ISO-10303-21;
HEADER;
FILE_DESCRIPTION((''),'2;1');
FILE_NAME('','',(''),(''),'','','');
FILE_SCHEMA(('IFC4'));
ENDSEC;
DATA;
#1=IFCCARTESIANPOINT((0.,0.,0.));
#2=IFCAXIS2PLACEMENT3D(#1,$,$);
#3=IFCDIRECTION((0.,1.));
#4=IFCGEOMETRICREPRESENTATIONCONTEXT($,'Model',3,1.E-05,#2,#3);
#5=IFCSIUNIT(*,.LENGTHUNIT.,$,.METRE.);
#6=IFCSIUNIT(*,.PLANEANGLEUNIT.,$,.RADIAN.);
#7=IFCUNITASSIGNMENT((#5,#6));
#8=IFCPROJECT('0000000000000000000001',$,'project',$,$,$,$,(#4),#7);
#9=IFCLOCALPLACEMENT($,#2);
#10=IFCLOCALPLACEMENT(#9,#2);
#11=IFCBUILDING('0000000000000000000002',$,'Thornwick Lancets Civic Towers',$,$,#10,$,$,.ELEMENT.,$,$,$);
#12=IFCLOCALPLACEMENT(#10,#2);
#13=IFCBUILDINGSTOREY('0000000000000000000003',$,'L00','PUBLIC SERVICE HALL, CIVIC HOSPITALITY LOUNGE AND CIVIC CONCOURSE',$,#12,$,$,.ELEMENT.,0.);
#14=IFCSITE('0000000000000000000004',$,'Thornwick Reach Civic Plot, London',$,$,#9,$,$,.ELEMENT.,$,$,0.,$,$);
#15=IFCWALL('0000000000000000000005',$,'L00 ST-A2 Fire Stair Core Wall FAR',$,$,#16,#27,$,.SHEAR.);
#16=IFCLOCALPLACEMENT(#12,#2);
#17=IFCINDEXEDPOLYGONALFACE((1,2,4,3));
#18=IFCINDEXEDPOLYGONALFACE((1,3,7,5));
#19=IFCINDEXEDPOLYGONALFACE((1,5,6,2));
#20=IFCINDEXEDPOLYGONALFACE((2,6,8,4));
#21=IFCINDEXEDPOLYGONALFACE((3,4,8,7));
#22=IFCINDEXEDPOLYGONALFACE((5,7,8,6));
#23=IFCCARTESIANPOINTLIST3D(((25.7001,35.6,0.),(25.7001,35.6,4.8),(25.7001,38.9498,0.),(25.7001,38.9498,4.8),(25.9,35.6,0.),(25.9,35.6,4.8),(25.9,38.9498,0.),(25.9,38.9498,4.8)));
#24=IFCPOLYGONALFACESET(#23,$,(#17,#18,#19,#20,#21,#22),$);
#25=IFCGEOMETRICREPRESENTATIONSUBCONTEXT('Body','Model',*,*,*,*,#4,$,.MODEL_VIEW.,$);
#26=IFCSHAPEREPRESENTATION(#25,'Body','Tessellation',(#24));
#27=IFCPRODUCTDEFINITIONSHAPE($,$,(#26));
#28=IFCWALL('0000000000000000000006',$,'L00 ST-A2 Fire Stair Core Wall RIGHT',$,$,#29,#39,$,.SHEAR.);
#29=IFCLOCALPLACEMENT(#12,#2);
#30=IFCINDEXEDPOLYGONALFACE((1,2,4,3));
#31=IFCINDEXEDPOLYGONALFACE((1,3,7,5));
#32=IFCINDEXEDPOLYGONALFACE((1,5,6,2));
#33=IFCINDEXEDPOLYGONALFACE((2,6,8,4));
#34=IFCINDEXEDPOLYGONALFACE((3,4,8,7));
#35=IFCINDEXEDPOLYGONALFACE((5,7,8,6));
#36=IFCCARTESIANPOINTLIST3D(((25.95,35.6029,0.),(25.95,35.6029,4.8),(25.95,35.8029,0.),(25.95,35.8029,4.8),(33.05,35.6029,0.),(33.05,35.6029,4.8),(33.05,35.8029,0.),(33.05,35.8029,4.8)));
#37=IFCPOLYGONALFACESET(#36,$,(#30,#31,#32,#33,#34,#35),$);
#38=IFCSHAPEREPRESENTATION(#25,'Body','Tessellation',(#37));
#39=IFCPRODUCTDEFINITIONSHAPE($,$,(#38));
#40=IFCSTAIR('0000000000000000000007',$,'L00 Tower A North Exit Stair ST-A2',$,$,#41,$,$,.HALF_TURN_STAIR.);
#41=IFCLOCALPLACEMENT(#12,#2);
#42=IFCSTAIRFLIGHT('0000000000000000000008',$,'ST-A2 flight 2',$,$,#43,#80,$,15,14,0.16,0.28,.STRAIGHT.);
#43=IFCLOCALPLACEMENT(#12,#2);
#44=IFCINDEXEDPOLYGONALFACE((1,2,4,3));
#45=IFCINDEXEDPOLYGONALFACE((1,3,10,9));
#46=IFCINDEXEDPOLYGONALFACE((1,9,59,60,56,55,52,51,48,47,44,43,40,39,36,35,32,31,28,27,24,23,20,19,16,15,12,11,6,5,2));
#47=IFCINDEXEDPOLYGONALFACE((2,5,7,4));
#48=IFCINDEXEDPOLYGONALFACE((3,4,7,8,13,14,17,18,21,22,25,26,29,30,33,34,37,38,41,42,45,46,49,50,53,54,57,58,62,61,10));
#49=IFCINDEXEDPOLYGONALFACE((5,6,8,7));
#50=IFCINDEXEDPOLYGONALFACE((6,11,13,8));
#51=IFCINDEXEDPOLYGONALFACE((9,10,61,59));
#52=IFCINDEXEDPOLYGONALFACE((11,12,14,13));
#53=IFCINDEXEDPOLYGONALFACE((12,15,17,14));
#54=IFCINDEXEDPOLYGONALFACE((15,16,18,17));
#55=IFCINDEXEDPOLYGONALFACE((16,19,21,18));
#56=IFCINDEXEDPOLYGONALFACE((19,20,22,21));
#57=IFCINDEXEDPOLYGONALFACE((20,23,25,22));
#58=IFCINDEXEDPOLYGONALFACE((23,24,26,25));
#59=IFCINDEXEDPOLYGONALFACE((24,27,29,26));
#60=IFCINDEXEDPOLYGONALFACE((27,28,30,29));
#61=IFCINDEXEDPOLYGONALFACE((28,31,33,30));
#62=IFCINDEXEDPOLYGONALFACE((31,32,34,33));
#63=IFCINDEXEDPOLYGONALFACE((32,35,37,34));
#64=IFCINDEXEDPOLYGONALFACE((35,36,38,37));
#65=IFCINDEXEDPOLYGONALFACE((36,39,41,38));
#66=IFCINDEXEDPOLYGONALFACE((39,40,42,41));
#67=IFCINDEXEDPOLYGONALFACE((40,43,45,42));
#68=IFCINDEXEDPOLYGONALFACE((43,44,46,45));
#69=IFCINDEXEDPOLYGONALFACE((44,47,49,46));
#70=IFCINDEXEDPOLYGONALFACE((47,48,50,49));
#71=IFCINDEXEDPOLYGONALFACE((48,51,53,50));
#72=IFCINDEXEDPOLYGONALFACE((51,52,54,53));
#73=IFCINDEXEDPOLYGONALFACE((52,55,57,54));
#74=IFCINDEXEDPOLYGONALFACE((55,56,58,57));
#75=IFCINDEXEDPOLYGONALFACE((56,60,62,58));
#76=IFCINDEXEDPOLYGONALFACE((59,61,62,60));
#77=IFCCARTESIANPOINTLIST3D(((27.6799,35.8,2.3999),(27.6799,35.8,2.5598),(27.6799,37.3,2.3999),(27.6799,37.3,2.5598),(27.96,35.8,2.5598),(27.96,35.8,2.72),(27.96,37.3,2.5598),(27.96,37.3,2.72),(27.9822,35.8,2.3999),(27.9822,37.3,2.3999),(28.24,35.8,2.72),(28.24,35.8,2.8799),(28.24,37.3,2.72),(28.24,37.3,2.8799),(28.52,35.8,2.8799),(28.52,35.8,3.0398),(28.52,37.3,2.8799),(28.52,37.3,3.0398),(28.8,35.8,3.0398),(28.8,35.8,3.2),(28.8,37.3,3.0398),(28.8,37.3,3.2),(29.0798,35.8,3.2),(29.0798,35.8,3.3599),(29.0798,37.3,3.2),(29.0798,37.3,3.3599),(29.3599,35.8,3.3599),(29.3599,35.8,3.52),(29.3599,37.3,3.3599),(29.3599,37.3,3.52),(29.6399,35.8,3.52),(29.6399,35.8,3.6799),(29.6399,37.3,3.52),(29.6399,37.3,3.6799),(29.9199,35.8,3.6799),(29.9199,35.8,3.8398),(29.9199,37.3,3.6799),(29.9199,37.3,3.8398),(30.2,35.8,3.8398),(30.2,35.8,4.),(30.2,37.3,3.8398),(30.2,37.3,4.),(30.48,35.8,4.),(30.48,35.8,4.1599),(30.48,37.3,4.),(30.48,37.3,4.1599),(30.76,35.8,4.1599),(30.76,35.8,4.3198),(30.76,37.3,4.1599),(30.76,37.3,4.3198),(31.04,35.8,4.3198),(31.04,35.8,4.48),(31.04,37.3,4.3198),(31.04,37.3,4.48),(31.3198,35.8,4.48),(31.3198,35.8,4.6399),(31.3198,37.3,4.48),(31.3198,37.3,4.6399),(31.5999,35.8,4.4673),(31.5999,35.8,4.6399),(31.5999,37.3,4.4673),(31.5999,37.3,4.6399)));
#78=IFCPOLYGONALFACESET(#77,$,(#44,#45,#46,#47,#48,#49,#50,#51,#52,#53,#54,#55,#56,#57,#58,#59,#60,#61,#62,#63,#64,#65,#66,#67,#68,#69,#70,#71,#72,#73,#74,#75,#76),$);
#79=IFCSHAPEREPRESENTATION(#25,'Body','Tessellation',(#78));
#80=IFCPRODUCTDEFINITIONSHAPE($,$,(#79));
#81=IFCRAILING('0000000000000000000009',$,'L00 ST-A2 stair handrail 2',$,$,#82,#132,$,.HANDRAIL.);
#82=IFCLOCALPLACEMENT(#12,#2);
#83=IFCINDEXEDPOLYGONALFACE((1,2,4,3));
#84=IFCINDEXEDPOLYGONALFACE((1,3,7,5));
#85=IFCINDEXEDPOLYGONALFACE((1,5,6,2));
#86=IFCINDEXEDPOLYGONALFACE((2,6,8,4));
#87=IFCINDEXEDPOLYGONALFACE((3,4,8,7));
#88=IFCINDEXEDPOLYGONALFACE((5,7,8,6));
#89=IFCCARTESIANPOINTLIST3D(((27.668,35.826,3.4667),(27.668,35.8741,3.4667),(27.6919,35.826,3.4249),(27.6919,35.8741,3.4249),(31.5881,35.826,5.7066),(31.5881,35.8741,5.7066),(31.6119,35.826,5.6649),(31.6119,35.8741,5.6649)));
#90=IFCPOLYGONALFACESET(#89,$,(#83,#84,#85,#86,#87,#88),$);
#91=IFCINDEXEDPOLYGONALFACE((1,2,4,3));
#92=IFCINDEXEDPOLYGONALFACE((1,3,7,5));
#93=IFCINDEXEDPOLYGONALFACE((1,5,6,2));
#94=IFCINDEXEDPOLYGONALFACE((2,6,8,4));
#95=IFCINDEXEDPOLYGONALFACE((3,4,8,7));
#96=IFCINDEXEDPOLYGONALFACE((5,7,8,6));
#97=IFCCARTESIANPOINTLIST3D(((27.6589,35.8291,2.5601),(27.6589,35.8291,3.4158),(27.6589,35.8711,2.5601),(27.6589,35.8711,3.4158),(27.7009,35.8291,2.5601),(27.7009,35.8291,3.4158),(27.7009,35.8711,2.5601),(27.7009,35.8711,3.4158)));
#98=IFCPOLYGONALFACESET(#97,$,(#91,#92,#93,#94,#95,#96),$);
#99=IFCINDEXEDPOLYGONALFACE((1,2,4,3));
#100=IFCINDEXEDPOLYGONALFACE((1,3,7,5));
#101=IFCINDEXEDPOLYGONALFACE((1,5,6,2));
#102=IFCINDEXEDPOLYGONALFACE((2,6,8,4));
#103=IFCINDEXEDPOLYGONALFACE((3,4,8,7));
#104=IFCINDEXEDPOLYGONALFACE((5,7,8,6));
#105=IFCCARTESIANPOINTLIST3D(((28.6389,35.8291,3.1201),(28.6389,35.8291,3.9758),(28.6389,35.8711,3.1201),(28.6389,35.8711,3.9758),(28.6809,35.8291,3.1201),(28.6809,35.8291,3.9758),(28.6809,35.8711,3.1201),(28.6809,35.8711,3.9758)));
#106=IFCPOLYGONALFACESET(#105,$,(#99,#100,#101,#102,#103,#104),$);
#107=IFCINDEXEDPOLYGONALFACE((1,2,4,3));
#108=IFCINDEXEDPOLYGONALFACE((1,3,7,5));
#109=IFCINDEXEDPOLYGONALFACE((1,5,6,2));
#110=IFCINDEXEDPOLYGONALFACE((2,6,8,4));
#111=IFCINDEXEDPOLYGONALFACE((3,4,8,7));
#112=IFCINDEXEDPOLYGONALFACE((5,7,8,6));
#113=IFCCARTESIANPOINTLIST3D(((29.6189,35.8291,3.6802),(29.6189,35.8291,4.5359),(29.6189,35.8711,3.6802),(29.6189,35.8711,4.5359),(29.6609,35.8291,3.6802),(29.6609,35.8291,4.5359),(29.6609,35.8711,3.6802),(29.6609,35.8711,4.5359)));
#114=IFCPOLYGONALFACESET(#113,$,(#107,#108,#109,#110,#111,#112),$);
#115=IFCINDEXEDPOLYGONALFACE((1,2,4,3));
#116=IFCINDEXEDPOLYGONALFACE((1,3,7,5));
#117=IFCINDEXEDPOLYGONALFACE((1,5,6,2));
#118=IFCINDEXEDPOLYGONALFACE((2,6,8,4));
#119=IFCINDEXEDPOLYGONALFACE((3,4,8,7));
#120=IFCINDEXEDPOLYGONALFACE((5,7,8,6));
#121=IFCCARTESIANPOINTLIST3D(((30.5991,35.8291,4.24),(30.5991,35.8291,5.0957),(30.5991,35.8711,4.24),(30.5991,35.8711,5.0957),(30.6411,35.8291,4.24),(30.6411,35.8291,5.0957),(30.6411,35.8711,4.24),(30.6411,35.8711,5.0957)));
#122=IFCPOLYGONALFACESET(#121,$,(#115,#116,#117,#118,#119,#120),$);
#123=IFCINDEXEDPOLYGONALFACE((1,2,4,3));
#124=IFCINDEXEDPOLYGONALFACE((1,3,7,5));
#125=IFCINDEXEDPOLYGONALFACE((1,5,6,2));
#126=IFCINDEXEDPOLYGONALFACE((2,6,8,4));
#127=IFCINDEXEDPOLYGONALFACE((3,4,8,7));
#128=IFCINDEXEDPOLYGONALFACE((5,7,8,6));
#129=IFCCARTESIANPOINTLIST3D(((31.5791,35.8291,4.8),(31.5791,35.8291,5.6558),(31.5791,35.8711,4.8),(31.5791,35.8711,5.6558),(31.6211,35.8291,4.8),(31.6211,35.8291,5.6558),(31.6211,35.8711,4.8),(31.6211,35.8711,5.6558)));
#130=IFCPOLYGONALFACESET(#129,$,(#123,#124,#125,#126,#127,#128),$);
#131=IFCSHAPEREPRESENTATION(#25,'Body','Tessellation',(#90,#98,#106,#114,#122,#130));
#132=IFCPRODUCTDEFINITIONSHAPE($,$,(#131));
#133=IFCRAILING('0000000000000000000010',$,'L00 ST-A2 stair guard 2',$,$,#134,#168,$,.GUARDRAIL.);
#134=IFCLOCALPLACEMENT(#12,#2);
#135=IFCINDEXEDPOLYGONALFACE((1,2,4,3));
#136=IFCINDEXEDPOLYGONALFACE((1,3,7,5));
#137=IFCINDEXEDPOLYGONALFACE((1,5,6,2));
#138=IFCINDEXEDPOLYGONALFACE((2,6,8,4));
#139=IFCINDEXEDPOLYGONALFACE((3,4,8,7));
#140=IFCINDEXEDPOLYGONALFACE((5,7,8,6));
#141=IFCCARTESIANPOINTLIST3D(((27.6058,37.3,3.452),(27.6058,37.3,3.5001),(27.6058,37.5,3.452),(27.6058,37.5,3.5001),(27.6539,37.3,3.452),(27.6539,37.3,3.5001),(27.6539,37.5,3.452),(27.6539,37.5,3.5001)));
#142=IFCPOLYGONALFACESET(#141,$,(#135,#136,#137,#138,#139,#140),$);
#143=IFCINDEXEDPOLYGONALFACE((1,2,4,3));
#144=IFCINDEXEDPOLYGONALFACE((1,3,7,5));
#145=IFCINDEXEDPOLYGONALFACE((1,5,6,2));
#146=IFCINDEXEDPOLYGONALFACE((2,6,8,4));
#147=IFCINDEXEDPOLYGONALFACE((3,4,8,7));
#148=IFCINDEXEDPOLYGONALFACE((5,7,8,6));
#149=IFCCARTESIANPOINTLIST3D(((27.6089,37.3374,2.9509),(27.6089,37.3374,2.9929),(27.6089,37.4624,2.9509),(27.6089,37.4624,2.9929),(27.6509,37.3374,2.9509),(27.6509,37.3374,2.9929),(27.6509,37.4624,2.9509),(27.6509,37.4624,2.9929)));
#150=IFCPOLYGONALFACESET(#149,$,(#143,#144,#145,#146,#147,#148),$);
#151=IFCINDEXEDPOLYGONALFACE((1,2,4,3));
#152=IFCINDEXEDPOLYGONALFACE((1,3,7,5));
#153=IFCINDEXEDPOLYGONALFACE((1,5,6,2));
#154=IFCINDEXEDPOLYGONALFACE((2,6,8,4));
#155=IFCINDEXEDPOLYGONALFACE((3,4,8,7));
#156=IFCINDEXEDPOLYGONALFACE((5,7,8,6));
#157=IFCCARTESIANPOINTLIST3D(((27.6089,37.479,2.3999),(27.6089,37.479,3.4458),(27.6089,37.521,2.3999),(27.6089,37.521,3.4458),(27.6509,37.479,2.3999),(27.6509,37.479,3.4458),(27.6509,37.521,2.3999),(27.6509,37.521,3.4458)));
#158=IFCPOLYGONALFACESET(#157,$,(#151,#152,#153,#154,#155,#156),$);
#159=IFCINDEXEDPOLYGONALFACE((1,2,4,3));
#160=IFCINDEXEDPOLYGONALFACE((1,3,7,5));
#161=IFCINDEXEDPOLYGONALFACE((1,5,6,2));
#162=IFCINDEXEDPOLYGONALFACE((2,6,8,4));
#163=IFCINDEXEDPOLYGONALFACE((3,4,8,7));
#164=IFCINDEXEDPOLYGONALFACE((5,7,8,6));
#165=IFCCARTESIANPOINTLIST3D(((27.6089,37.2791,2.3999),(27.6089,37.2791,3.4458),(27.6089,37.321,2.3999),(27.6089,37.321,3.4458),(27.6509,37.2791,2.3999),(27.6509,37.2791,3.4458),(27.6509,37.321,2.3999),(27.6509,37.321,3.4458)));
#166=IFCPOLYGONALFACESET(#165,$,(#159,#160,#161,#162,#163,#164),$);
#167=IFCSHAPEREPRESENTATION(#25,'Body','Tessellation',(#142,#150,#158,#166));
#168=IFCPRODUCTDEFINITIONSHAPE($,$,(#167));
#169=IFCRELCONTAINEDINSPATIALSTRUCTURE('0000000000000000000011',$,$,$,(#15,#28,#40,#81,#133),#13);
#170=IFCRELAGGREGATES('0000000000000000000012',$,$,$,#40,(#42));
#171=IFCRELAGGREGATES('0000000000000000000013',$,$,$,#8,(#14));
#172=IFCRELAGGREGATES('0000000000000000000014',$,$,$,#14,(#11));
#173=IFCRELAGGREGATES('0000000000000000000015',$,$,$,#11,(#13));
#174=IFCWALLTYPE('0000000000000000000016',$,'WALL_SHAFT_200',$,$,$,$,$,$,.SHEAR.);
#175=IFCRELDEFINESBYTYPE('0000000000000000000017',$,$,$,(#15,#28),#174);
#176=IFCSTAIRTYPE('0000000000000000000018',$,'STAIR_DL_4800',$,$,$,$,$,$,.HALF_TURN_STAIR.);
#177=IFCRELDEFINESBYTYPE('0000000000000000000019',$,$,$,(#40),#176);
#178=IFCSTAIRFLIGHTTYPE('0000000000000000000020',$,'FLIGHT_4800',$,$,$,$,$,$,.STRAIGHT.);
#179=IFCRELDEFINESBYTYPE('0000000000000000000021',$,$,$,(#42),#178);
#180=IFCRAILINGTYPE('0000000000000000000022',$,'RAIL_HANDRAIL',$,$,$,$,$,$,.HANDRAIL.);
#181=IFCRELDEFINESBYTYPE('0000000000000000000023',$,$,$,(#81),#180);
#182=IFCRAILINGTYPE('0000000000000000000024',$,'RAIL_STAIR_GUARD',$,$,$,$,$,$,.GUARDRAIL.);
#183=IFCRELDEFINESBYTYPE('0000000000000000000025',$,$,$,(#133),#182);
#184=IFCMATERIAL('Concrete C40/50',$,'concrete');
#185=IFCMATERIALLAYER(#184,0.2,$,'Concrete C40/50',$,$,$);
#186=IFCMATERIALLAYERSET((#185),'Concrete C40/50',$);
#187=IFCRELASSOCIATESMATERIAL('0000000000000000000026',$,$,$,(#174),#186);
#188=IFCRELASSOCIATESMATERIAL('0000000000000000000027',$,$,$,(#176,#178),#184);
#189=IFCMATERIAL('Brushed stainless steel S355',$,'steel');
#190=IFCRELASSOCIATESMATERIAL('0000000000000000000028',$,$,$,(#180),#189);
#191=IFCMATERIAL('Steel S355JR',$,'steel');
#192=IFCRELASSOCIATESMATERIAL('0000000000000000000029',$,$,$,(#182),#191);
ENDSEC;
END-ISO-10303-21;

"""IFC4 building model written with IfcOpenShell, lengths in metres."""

from ifc_helpers import new_model, si_unit, direction, frame, frame_2d, origin, origin_2d, place, context, subcontext, project, spatial, polyline, rectangle, outline, extrude, material, layer, layer_set, type_object, element, aggregate, save


model = new_model("IFC4")

# Units and contexts
model_context = context("Model", 3, precision=1e-05, world=origin(), true_north=direction((0.0, 1.0)))
body_context = subcontext(model_context, "Body", "Model", "MODEL_VIEW")
ifc_project = project(units=[si_unit("LENGTHUNIT", "METRE"), si_unit("PLANEANGLEUNIT", "RADIAN")], contexts=[model_context])

# Site, building, storey
site_placement = place(None, origin())
site = spatial("IfcSite", under=ifc_project, at=site_placement, Name="Thornwick Reach Civic Plot, London", CompositionType="ELEMENT", RefElevation=0.0)
building_placement = place(site_placement, origin())
building = spatial("IfcBuilding", under=site, at=building_placement, Name="Thornwick Lancets Civic Towers", CompositionType="ELEMENT")
storey_placement = place(building_placement, origin())
storey = spatial("IfcBuildingStorey", under=building, at=storey_placement, Name="L00", Description="PUBLIC SERVICE HALL, CIVIC HOSPITALITY LOUNGE AND CIVIC CONCOURSE", CompositionType="ELEMENT", Elevation=0.0)

# Shared definitions
ifc_material_1 = material(Name="Steel S355JR", Category="steel")
ifc_material_2 = material(Name="Concrete C40/50", Category="concrete")

# Walls
ifc_layer_1 = layer(ifc_material_2, 0.2, Name="Concrete C40/50")
ifc_layer_set_1 = layer_set([ifc_layer_1], Name="Concrete C40/50")
wall_type_1 = type_object("IfcWallType", Name="WALL_SHAFT_200", PredefinedType="SHEAR", material=ifc_layer_set_1)
wall_1_placement = place(storey_placement, frame((25.8, 35.6001, 0.0), z_axis=(0.0, 0.0, 1.0), x_axis=(0.0, 1.0, 0.0)))
element("IfcWall", 1, at=wall_1_placement, inside=storey, type_object=wall_type_1, Name="L00 ST-A2 Fire Stair Core Wall FAR", PredefinedType="SHEAR", context=body_context, shape_type="SweptSolid", body=[
    extrude(rectangle(XDim=3.3499, YDim=0.2, at=frame_2d((1.6748, 0.0))), origin(), (0.0, 0.0, 1.0), 4.8),
])
wall_2_placement = place(storey_placement, frame((25.95, 35.7029, 0.0), z_axis=(0.0, 0.0, 1.0), x_axis=(1.0, 0.0, 0.0)))
element("IfcWall", 2, at=wall_2_placement, inside=storey, type_object=wall_type_1, Name="L00 ST-A2 Fire Stair Core Wall RIGHT", PredefinedType="SHEAR", context=body_context, shape_type="SweptSolid", body=[
    extrude(rectangle(XDim=7.1001, YDim=0.2, at=frame_2d((3.55, 0.0))), origin(), (0.0, 0.0, 1.0), 4.8),
])

# Stair, stair flight
stair_type = type_object("IfcStairType", Name="STAIR_DL_4800", PredefinedType="HALF_TURN_STAIR", material=ifc_material_2)
stair_placement = place(storey_placement, origin())
stair = element("IfcStair", 3, at=stair_placement, inside=storey, type_object=stair_type, Name="L00 Tower A North Exit Stair ST-A2", PredefinedType="HALF_TURN_STAIR")
stair_flight_type = type_object("IfcStairFlightType", Name="FLIGHT_4800", PredefinedType="STRAIGHT", material=ifc_material_2)
stair_flight_placement = place(storey_placement, frame((27.6799, 36.55, 2.3999), z_axis=(0.0, 0.0, 1.0), x_axis=(1.0, 0.0, 0.0)))
stair_flight = element("IfcStairFlight", 4, at=stair_flight_placement, type_object=stair_flight_type, Name="ST-A2 flight 2", NumberOfRisers=15, NumberOfTreads=14, PredefinedType="STRAIGHT", RiserHeight=0.16, TreadLength=0.28, context=body_context, shape_type="SweptSolid", body=[
    extrude(outline(polyline([(0.0, 0.0), (0.0, 0.1599), (0.28, 0.1599), (0.28, 0.3201), (0.5601, 0.3201), (0.5601, 0.48), (0.8401, 0.48), (0.8401, 0.6399), (1.1201, 0.6399), (1.1201, 0.8), (1.3999, 0.8), (1.3999, 0.96), (1.6799, 0.96), (1.6799, 1.1201), (1.96, 1.1201), (1.96, 1.28), (2.24, 1.28), (2.24, 1.4399), (2.52, 1.4399), (2.52, 1.6001), (2.8, 1.6001), (2.8, 1.76), (3.0801, 1.76), (3.0801, 1.9199), (3.3601, 1.9199), (3.3601, 2.0801), (3.6399, 2.0801), (3.6399, 2.24), (3.9199, 2.24), (3.9199, 2.3999), (3.9199, 2.0674), (0.3022, 0.0), (0.0, 0.0)])), frame((0.0, 0.75, 0.0), z_axis=(0.0, -1.0, 0.0), x_axis=(1.0, 0.0, 0.0)), (0.0, 0.0, 1.0), 1.5),
])
aggregate(stair, [stair_flight])

# Railings
ifc_material_3 = material(Name="Brushed stainless steel S355", Category="steel")
railing_type_1 = type_object("IfcRailingType", Name="RAIL_HANDRAIL", PredefinedType="HANDRAIL", material=ifc_material_3)
railing_1_placement = place(storey_placement, frame((27.6799, 35.8501, 2.5601)))
element("IfcRailing", 5, at=railing_1_placement, inside=storey, type_object=railing_type_1, Name="L00 ST-A2 stair handrail 2", PredefinedType="HANDRAIL", context=body_context, shape_type="SweptSolid", body=[
    extrude(rectangle(XDim=0.0481, YDim=0.0481, at=origin_2d()), frame((0.0, 0.0, 0.8857), z_axis=(0.868253, 0.0, 0.496121), x_axis=(0.0, 1.0, 0.0)), (0.0, 0.0, 1.0), 4.5149),
    extrude(rectangle(XDim=0.042, YDim=0.042, at=origin_2d()), origin(), (0.0, 0.0, 1.0), 0.8557),
    extrude(rectangle(XDim=0.042, YDim=0.042, at=origin_2d()), frame((0.98, 0.0, 0.5601)), (0.0, 0.0, 1.0), 0.8557),
    extrude(rectangle(XDim=0.042, YDim=0.042, at=origin_2d()), frame((1.96, 0.0, 1.1201)), (0.0, 0.0, 1.0), 0.8557),
    extrude(rectangle(XDim=0.042, YDim=0.042, at=origin_2d()), frame((2.9402, 0.0, 1.6799)), (0.0, 0.0, 1.0), 0.8557),
    extrude(rectangle(XDim=0.042, YDim=0.042, at=origin_2d()), frame((3.9202, 0.0, 2.24)), (0.0, 0.0, 1.0), 0.8557),
])
railing_type_2 = type_object("IfcRailingType", Name="RAIL_STAIR_GUARD", PredefinedType="GUARDRAIL", material=ifc_material_1)
railing_2_placement = place(storey_placement, frame((27.6299, 37.5, 2.3999)))
element("IfcRailing", 6, at=railing_2_placement, inside=storey, type_object=railing_type_2, Name="L00 ST-A2 stair guard 2", PredefinedType="GUARDRAIL", context=body_context, shape_type="SweptSolid", body=[
    extrude(rectangle(XDim=0.0481, YDim=0.0481, at=origin_2d()), frame((0.0, 0.0, 1.0762), z_axis=(0.0, -1.0, 0.0), x_axis=(1.0, 0.0, 0.0)), (0.0, 0.0, 1.0), 0.2),
    extrude(rectangle(XDim=0.042, YDim=0.042, at=origin_2d()), frame((0.0, -0.0376, 0.572), z_axis=(0.0, -1.0, 0.0), x_axis=(1.0, 0.0, 0.0)), (0.0, 0.0, 1.0), 0.125),
    extrude(rectangle(XDim=0.042, YDim=0.042, at=origin_2d()), origin(), (0.0, 0.0, 1.0), 1.0459),
    extrude(rectangle(XDim=0.042, YDim=0.042, at=origin_2d()), frame((0.0, -0.2, 0.0)), (0.0, 0.0, 1.0), 1.0459),
])

save(model, "model.ifc")
